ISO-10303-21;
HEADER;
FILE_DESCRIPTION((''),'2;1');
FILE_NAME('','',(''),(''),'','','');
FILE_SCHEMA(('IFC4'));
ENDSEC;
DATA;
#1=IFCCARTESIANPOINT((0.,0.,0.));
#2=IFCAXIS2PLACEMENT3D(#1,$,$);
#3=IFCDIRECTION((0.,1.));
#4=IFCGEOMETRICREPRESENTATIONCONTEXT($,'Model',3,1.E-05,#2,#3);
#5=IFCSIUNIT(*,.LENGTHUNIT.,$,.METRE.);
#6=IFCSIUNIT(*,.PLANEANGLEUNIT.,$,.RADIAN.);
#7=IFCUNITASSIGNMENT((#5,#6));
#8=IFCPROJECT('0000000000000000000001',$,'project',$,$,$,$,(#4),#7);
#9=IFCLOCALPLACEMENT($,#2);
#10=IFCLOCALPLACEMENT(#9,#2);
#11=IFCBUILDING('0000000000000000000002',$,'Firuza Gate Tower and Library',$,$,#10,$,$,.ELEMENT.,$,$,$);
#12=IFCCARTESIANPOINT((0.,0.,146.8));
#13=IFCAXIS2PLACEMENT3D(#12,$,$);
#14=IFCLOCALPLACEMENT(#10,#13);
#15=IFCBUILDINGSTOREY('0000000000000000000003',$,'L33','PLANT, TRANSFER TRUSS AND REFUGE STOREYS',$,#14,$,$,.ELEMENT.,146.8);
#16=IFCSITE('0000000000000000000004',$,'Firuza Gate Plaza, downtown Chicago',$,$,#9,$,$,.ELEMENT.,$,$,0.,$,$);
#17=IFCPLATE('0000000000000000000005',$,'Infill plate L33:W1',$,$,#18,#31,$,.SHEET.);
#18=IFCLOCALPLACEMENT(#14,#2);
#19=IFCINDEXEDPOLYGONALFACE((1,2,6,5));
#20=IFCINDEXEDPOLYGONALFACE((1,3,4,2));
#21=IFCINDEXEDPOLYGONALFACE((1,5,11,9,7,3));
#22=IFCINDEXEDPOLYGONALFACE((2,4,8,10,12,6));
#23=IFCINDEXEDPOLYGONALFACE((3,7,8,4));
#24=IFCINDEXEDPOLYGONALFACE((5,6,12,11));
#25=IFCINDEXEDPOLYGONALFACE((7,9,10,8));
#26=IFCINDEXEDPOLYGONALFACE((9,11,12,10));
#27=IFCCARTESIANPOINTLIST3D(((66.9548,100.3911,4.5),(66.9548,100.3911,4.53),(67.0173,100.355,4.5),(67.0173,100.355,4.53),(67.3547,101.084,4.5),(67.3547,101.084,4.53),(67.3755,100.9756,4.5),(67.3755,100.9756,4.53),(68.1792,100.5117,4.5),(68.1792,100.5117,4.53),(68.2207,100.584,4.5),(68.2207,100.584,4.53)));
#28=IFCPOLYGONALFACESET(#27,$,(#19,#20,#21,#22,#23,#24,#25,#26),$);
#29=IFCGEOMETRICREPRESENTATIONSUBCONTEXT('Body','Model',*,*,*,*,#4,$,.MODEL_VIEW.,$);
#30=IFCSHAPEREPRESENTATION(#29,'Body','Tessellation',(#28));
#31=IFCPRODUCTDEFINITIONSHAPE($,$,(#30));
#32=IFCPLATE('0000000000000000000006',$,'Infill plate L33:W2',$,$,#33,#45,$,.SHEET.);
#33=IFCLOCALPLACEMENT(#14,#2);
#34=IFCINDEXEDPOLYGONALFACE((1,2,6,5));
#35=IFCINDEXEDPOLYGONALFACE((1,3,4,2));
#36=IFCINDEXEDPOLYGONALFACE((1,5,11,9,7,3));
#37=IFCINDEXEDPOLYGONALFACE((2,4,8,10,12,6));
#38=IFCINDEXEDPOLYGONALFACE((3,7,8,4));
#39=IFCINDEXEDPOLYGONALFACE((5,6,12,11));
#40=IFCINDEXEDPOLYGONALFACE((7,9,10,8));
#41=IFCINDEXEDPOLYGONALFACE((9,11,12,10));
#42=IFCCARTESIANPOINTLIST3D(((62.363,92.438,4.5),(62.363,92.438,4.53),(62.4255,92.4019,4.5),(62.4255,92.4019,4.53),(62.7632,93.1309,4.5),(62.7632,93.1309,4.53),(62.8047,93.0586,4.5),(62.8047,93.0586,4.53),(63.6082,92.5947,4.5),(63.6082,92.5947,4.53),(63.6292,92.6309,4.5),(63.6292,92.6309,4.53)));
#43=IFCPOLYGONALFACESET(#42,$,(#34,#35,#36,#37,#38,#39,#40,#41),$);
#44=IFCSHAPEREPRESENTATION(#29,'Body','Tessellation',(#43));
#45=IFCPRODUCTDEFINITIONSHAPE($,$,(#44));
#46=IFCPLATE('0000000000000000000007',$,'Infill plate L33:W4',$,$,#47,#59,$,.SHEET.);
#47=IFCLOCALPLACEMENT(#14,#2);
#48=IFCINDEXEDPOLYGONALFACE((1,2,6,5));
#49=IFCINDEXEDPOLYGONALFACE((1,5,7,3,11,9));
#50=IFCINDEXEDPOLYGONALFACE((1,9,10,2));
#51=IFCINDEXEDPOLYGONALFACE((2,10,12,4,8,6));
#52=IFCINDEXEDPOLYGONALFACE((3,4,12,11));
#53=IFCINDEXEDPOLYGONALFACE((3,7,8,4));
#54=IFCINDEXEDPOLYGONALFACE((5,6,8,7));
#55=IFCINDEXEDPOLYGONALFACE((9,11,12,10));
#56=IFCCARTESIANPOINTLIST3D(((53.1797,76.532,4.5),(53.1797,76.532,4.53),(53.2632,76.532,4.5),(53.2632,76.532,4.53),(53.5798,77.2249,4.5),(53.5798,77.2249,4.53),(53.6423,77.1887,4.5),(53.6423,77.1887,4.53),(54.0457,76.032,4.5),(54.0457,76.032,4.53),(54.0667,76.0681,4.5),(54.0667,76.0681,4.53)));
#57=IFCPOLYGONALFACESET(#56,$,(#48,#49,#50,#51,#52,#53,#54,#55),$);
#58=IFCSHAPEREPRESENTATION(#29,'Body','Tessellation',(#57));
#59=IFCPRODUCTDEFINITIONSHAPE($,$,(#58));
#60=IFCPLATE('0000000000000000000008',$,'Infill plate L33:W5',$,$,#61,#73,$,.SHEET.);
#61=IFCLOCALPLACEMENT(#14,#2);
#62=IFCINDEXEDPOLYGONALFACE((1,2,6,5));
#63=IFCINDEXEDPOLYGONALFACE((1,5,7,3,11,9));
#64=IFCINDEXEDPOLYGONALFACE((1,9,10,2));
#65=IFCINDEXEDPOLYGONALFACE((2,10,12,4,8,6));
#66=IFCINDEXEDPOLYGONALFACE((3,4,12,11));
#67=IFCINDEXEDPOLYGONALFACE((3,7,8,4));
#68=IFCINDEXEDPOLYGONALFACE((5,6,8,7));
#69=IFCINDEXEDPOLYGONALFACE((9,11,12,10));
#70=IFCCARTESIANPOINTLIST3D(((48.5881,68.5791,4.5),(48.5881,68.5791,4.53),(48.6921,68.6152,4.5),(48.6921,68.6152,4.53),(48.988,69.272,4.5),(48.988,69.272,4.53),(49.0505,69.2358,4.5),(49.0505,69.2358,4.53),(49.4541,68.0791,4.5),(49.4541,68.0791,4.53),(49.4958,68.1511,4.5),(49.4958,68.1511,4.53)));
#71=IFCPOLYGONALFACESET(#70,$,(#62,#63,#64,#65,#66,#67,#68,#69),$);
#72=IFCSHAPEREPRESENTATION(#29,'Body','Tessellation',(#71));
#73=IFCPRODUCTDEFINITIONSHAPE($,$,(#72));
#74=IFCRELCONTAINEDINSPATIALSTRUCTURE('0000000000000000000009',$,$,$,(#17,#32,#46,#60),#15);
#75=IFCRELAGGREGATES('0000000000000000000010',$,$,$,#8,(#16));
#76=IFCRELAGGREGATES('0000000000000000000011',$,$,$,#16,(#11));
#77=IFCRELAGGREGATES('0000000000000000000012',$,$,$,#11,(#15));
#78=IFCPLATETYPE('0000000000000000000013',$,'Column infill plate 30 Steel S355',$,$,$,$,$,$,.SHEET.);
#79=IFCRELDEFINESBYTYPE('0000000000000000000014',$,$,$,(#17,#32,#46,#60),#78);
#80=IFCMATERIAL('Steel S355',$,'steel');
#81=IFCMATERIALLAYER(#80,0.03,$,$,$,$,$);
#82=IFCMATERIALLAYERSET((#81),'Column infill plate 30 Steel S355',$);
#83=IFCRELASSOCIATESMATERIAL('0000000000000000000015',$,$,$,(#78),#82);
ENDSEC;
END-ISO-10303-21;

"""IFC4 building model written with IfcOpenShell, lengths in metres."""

from ifc_helpers import new_model, si_unit, direction, frame, origin, place, context, subcontext, project, spatial, polyline, outline, extrude, material, layer, layer_set, type_object, element, save


model = new_model("IFC4")

# Units and contexts
model_context = context("Model", 3, precision=1e-05, world=origin(), true_north=direction((0.0, 1.0)))
body_context = subcontext(model_context, "Body", "Model", "MODEL_VIEW")
ifc_project = project(units=[si_unit("LENGTHUNIT", "METRE"), si_unit("PLANEANGLEUNIT", "RADIAN")], contexts=[model_context])

# Site, building, storey
site_placement = place(None, origin())
site = spatial("IfcSite", under=ifc_project, at=site_placement, Name="Firuza Gate Plaza, downtown Chicago", CompositionType="ELEMENT", RefElevation=0.0)
building_placement = place(site_placement, origin())
building = spatial("IfcBuilding", under=site, at=building_placement, Name="Firuza Gate Tower and Library", CompositionType="ELEMENT")
storey_placement = place(building_placement, frame((0.0, 0.0, 146.8)))
storey = spatial("IfcBuildingStorey", under=building, at=storey_placement, Name="L33", Description="PLANT, TRANSFER TRUSS AND REFUGE STOREYS", CompositionType="ELEMENT", Elevation=146.8)

# Plates
ifc_material_1 = material(Name="Steel S355", Category="steel")
ifc_layer_1 = layer(ifc_material_1, 0.03)
ifc_layer_set_1 = layer_set([ifc_layer_1], Name="Column infill plate 30 Steel S355")
plate_type = type_object("IfcPlateType", Name="Column infill plate 30 Steel S355", PredefinedType="SHEET", material=ifc_layer_set_1)
placement_1 = place(storey_placement, frame((0.0, 0.0, 4.5)))
element("IfcPlate", 1, at=placement_1, inside=storey, type_object=plate_type, Name="Infill plate L33:W1", PredefinedType="SHEET", context=body_context, shape_type="SweptSolid", body=[
    extrude(outline(polyline([(66.9548, 100.3911), (67.0173, 100.355), (67.3755, 100.9756), (68.1792, 100.5117), (68.2207, 100.584), (67.3547, 101.084), (66.9548, 100.3911)])), origin(), (0.0, 0.0, 1.0), 0.03),
])
element("IfcPlate", 2, at=placement_1, inside=storey, type_object=plate_type, Name="Infill plate L33:W2", PredefinedType="SHEET", context=body_context, shape_type="SweptSolid", body=[
    extrude(outline(polyline([(62.363, 92.438), (62.4255, 92.4019), (62.8047, 93.0586), (63.6082, 92.5947), (63.6292, 92.6309), (62.7632, 93.1309), (62.363, 92.438)])), origin(), (0.0, 0.0, 1.0), 0.03),
])
element("IfcPlate", 3, at=placement_1, inside=storey, type_object=plate_type, Name="Infill plate L33:W4", PredefinedType="SHEET", context=body_context, shape_type="SweptSolid", body=[
    extrude(outline(polyline([(54.0457, 76.032), (54.0667, 76.0681), (53.2632, 76.532), (53.6423, 77.1887), (53.5798, 77.2249), (53.1797, 76.532), (54.0457, 76.032)])), origin(), (0.0, 0.0, 1.0), 0.03),
])
element("IfcPlate", 4, at=placement_1, inside=storey, type_object=plate_type, Name="Infill plate L33:W5", PredefinedType="SHEET", context=body_context, shape_type="SweptSolid", body=[
    extrude(outline(polyline([(49.4541, 68.0791), (49.4958, 68.1511), (48.6921, 68.6152), (49.0505, 69.2358), (48.988, 69.272), (48.5881, 68.5791), (49.4541, 68.0791)])), origin(), (0.0, 0.0, 1.0), 0.03),
])

save(model, "model.ifc")
